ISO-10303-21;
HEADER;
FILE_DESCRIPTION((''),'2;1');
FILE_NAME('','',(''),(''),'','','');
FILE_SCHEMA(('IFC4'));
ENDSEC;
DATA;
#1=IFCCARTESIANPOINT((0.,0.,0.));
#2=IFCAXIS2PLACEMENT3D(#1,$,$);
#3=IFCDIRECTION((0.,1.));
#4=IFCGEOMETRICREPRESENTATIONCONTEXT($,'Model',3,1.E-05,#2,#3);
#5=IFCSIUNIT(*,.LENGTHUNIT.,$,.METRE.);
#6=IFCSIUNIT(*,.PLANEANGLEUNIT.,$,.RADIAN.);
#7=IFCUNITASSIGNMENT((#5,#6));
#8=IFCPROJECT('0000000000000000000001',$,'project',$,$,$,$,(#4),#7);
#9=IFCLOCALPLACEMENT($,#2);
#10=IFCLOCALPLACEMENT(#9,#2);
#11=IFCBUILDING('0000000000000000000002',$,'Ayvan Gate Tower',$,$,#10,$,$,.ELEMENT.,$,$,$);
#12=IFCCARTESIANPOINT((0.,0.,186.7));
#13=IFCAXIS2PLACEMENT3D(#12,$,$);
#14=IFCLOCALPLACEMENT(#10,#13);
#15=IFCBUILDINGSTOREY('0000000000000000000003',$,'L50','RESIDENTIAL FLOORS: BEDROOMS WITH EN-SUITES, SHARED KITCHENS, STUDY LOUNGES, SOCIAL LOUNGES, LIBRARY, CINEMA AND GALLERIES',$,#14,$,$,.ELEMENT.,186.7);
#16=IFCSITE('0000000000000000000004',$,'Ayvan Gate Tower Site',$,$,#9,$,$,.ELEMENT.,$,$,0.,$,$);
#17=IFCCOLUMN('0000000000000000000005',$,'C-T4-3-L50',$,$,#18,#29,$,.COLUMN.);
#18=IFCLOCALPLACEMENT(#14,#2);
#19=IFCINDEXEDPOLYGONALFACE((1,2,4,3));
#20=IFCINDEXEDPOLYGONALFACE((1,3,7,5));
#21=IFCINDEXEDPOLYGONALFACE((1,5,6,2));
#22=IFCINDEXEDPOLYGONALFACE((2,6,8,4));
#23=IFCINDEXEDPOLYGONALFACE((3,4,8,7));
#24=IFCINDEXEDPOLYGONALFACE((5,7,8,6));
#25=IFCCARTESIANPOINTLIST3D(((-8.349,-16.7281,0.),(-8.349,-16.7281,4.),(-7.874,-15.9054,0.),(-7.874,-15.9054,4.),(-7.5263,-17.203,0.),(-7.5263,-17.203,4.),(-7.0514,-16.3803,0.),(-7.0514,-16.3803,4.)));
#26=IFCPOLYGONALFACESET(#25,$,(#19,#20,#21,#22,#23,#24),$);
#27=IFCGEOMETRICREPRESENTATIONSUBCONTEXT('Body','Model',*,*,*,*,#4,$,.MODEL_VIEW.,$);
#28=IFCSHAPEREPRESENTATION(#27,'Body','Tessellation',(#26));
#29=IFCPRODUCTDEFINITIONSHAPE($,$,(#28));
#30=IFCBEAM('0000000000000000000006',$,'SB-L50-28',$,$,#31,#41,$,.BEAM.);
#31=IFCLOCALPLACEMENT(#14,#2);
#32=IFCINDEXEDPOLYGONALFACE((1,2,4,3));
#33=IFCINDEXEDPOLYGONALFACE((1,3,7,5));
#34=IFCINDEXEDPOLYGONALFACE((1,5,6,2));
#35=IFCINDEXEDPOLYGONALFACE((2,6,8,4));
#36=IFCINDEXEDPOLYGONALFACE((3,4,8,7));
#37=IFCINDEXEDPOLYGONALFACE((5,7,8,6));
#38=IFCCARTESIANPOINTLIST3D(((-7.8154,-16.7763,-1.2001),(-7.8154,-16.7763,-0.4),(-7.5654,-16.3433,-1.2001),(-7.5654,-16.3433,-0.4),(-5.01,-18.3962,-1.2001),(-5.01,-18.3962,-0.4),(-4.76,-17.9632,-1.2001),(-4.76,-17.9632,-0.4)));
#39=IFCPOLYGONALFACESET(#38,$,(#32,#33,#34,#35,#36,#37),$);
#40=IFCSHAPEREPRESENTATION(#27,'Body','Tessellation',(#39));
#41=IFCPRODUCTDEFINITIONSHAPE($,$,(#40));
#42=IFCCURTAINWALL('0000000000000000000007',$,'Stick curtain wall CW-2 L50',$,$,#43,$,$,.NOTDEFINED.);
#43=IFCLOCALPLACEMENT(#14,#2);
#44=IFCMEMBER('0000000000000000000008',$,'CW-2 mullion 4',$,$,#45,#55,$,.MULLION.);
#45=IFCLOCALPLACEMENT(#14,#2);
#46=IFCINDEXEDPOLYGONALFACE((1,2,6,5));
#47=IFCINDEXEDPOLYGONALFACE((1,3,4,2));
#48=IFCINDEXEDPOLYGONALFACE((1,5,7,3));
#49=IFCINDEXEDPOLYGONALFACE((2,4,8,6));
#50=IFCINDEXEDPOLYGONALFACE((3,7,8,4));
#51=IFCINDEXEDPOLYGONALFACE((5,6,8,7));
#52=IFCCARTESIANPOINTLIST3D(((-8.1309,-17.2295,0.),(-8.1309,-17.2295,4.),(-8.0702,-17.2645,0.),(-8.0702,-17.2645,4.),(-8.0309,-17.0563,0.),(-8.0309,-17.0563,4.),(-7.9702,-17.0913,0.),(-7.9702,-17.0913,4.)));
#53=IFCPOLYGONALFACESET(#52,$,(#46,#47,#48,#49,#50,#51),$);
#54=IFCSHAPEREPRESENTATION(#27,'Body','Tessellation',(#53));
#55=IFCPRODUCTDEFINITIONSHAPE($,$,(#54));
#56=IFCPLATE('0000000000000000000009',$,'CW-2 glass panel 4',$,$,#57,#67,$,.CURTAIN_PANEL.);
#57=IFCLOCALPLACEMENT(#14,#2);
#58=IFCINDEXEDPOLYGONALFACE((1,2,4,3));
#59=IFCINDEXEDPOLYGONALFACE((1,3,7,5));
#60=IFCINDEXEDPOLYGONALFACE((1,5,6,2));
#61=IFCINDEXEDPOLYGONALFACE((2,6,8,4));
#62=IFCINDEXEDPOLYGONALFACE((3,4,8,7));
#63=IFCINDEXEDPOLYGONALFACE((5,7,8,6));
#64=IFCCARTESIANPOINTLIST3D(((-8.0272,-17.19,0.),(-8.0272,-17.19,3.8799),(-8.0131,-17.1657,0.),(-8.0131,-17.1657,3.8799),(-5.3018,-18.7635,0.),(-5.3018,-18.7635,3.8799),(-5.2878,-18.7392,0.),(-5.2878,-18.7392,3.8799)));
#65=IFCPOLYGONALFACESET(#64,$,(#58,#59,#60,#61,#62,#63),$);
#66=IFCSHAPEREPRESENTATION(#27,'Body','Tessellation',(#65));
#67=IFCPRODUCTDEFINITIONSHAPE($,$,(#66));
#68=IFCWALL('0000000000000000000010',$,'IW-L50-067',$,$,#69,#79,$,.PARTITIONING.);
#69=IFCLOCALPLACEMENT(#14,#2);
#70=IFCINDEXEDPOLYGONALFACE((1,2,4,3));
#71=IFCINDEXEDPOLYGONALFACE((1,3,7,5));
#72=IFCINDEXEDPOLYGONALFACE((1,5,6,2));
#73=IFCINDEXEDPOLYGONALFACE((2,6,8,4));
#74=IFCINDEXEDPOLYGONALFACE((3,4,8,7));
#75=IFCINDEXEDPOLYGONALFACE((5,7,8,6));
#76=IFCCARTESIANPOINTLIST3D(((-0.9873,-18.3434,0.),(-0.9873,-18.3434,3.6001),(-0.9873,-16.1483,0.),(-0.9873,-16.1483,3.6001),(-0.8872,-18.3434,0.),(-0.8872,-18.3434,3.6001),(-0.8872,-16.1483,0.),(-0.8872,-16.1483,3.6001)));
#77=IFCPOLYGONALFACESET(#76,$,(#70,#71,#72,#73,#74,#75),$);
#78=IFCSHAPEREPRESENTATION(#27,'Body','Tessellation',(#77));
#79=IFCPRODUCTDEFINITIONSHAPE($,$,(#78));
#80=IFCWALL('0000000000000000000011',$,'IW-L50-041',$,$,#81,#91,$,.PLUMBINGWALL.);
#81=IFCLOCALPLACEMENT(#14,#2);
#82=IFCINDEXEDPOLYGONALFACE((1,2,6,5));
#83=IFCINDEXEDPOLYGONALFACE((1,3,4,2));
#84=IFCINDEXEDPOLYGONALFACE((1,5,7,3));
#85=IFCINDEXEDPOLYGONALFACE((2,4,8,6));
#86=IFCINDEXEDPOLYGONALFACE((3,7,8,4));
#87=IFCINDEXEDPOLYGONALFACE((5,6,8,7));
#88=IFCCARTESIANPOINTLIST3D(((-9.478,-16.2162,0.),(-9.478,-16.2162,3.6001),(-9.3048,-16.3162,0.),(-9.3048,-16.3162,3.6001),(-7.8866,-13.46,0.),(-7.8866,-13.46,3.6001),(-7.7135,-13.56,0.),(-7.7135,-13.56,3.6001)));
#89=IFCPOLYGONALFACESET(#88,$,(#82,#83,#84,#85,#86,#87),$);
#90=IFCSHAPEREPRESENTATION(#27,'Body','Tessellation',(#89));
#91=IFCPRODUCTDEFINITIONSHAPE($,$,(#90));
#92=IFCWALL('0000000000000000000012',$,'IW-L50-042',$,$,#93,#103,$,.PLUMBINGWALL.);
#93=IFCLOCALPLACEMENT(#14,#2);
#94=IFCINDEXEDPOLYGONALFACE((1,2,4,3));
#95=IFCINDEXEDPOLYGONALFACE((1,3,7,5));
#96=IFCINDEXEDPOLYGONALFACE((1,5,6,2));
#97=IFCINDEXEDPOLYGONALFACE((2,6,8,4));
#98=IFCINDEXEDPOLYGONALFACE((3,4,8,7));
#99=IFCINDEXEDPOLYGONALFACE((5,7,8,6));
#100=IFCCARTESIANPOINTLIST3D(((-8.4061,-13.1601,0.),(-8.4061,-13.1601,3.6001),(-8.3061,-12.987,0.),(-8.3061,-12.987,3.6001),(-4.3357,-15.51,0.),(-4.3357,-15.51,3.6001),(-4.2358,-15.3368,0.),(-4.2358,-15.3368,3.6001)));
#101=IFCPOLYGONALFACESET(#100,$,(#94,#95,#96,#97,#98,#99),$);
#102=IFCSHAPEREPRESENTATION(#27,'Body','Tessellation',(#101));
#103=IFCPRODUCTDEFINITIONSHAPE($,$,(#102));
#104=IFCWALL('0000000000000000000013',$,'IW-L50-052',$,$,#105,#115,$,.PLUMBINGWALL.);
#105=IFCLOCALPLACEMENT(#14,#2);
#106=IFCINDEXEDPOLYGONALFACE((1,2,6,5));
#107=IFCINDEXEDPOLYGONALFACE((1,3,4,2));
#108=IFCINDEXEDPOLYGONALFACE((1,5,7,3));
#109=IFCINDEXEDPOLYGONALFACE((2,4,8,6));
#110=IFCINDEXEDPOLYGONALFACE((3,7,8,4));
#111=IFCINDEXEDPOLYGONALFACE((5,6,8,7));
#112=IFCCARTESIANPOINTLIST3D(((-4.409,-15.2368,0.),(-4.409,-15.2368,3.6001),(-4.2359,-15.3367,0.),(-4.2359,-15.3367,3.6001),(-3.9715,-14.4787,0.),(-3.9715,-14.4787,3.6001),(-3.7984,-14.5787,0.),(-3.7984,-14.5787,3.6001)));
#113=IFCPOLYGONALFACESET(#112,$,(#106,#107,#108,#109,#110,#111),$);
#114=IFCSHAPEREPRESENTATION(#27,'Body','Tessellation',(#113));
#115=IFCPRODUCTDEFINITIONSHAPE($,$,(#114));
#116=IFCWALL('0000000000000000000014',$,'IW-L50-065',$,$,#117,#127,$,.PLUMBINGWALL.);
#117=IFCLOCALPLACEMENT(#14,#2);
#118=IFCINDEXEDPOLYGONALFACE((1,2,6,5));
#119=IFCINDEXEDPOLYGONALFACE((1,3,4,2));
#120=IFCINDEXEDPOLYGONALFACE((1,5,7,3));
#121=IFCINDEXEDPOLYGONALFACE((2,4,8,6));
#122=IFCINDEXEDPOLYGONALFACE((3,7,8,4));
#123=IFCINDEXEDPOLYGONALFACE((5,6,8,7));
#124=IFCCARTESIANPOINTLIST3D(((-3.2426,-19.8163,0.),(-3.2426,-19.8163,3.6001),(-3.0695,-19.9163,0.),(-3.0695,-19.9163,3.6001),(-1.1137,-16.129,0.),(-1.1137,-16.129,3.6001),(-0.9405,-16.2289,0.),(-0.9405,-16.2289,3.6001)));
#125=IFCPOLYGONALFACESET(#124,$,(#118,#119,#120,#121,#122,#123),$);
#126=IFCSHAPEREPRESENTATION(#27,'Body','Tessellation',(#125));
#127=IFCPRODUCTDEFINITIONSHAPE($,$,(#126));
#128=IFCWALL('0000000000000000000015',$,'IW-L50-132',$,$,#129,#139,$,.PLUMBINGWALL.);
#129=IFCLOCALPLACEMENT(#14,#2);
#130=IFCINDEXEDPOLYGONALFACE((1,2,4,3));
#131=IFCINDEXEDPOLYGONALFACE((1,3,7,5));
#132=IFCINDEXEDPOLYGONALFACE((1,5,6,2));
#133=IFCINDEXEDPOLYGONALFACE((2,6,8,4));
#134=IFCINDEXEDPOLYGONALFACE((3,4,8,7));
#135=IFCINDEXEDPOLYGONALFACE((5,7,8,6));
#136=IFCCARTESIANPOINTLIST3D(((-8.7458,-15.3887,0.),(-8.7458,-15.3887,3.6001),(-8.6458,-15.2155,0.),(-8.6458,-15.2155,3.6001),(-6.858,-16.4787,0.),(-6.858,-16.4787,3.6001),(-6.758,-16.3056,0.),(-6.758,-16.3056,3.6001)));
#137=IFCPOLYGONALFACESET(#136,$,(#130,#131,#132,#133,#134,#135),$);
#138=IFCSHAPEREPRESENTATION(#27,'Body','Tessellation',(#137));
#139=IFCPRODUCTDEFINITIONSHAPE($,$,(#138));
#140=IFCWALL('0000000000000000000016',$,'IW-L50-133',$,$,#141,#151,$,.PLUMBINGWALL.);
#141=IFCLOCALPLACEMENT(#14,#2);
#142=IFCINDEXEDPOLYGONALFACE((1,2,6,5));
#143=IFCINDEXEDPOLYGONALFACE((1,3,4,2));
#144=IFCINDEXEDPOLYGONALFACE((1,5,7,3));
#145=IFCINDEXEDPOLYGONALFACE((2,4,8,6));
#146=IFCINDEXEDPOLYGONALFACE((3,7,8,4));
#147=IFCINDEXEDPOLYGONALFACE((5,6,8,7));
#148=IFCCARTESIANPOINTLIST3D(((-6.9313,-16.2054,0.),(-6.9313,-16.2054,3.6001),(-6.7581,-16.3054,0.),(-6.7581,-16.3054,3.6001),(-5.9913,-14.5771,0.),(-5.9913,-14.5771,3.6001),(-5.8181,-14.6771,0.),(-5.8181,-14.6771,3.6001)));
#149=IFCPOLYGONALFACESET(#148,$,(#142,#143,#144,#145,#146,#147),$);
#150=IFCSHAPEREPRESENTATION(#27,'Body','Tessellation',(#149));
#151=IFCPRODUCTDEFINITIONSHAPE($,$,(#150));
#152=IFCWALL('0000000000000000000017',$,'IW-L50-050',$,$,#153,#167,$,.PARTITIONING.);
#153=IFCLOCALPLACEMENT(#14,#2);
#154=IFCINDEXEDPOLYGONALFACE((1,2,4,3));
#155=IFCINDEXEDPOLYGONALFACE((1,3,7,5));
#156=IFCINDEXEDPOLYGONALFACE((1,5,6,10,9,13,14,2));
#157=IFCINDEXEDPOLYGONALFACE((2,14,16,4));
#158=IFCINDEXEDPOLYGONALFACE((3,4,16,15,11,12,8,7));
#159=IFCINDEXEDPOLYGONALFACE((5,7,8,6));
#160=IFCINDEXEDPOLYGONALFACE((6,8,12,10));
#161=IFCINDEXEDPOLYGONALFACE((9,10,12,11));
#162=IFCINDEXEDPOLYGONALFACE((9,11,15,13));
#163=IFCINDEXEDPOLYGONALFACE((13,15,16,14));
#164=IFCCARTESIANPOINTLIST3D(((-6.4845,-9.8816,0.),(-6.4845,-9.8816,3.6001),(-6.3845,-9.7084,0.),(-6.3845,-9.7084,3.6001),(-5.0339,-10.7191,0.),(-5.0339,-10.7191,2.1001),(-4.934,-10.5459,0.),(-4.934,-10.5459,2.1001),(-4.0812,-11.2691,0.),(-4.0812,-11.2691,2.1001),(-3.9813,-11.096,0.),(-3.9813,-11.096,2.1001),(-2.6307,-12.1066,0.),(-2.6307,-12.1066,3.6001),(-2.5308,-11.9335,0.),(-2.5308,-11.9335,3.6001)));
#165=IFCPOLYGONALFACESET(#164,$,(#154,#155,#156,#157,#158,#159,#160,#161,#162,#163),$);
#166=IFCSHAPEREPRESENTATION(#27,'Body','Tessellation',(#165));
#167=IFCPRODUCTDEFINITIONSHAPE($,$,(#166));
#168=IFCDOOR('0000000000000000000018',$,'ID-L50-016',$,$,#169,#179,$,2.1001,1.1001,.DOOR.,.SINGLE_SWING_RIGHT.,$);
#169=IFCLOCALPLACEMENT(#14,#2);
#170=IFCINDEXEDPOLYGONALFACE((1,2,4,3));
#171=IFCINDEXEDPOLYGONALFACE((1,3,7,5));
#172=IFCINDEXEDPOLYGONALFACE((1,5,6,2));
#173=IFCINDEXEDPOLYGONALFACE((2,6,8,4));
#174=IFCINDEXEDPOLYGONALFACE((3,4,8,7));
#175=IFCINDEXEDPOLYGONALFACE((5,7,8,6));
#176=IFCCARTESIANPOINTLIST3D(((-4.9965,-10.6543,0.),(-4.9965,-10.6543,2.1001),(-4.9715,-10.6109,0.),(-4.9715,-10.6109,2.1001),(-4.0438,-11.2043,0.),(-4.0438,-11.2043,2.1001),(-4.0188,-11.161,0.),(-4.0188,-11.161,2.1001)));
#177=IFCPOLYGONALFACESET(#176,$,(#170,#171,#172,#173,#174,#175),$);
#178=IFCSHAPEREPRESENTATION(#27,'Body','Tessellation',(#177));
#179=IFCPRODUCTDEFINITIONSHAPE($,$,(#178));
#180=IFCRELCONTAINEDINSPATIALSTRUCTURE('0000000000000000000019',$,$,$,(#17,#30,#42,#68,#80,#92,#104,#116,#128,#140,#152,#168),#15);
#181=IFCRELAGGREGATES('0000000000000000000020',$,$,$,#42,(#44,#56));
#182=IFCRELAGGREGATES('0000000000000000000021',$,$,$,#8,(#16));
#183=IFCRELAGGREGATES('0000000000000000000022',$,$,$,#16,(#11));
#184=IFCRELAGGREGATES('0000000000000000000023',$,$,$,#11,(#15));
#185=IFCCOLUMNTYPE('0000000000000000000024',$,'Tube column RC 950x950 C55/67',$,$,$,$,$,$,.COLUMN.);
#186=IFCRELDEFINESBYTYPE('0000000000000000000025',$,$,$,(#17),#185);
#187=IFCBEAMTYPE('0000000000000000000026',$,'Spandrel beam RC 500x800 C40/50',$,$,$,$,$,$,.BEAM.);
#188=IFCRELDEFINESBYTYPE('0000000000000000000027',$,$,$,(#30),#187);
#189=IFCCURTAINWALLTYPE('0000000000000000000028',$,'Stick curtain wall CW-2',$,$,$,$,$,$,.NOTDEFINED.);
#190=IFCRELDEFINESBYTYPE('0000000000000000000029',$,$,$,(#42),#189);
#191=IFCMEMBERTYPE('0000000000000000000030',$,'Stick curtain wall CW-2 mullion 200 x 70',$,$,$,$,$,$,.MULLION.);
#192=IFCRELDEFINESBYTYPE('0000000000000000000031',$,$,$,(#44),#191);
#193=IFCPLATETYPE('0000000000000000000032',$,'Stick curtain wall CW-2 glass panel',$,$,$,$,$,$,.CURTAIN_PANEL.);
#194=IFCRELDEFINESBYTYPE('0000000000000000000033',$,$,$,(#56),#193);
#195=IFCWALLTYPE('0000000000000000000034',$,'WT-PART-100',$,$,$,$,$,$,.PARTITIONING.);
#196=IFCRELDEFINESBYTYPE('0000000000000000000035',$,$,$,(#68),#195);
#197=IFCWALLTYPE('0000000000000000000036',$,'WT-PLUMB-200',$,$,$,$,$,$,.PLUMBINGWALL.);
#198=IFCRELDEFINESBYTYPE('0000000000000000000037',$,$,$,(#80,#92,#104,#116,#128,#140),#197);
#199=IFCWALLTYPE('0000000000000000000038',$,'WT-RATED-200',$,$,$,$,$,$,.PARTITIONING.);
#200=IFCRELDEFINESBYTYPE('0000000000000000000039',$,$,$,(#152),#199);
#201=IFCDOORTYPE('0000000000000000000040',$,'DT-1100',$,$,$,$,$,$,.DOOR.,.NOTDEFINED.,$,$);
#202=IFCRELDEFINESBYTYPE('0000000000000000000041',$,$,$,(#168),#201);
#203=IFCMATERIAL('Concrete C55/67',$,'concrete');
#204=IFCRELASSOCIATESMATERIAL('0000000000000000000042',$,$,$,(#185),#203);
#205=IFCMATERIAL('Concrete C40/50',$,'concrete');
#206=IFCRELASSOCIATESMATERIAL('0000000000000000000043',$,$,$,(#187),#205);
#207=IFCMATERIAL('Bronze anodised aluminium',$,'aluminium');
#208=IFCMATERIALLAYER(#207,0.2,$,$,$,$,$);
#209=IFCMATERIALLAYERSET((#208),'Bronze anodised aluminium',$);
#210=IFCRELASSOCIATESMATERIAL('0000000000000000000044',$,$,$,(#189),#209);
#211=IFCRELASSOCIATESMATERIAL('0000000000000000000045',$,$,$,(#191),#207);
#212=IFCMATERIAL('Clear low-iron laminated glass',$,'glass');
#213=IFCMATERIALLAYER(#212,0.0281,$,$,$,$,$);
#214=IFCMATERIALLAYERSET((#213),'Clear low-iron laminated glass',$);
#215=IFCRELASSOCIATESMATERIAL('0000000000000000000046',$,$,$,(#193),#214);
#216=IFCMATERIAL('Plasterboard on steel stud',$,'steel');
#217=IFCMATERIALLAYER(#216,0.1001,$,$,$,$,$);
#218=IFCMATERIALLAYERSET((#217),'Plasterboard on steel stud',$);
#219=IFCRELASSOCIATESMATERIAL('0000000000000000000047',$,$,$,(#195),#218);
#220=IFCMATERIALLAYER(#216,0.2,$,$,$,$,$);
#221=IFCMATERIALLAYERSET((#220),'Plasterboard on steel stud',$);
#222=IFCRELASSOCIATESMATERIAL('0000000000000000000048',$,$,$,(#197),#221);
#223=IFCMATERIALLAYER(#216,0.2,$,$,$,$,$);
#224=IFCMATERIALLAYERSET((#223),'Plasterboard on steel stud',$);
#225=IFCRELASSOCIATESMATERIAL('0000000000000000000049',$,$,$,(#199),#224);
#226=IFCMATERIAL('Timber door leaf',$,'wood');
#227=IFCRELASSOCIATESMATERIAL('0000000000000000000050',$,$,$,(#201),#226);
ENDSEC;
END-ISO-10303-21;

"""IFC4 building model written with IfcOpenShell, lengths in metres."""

from ifc_helpers import new_model, si_unit, direction, frame, frame_2d, origin, origin_2d, place, context, subcontext, project, spatial, rectangle, extrude, material, layer, layer_set, material_profile, profile_set, type_object, element, fill, aggregate, save


model = new_model("IFC4")

# Units and contexts
model_context = context("Model", 3, precision=1e-05, world=origin(), true_north=direction((0.0, 1.0)))
body_context = subcontext(model_context, "Body", "Model", "MODEL_VIEW")
ifc_project = project(units=[si_unit("LENGTHUNIT", "METRE"), si_unit("PLANEANGLEUNIT", "RADIAN")], contexts=[model_context])

# Site, building, storey
site_placement = place(None, origin())
site = spatial("IfcSite", under=ifc_project, at=site_placement, Name="Ayvan Gate Tower Site", CompositionType="ELEMENT", RefElevation=0.0)
building_placement = place(site_placement, origin())
building = spatial("IfcBuilding", under=site, at=building_placement, Name="Ayvan Gate Tower", CompositionType="ELEMENT")
storey_placement = place(building_placement, frame((0.0, 0.0, 186.7)))
storey = spatial("IfcBuildingStorey", under=building, at=storey_placement, Name="L50", Description="RESIDENTIAL FLOORS: BEDROOMS WITH EN-SUITES, SHARED KITCHENS, STUDY LOUNGES, SOCIAL LOUNGES, LIBRARY, CINEMA AND GALLERIES", CompositionType="ELEMENT", Elevation=186.7)

# Column
ifc_material_1 = material(Name="Concrete C55/67", Category="concrete")
ifc_material_profile_1 = material_profile(ifc_material_1, rectangle(XDim=0.95, YDim=0.95, at=origin_2d()), Name="RC 950x950")
ifc_profile_set_1 = profile_set([ifc_material_profile_1], Name="Concrete C55/67")
column_type = type_object("IfcColumnType", Name="Tube column RC 950x950 C55/67", PredefinedType="COLUMN", material=ifc_profile_set_1)
column_placement = place(storey_placement, frame((-7.7002, -16.5542, 0.0), z_axis=(0.0, 0.0, 1.0), x_axis=(-0.5, -0.866025, 0.0)))
element("IfcColumn", 1, at=column_placement, inside=storey, type_object=column_type, Name="C-T4-3-L50", PredefinedType="COLUMN", context=body_context, shape_type="SweptSolid", body=[
    extrude(rectangle(XDim=0.95, YDim=0.95, at=origin_2d()), origin(), (0.0, 0.0, 1.0), 4.0),
])

# Beam
ifc_material_2 = material(Name="Concrete C40/50", Category="concrete")
ifc_material_profile_2 = material_profile(ifc_material_2, rectangle(XDim=0.5, YDim=0.8, at=origin_2d()), Name="RC 500x800")
ifc_profile_set_2 = profile_set([ifc_material_profile_2], Name="Concrete C40/50")
beam_type = type_object("IfcBeamType", Name="Spandrel beam RC 500x800 C40/50", PredefinedType="BEAM", material=ifc_profile_set_2)
beam_placement = place(storey_placement, frame((-7.6904, -16.5598, -0.8), z_axis=(0.866004, -0.500038, 0.0), x_axis=(0.500038, 0.866004, 0.0)))
element("IfcBeam", 2, at=beam_placement, inside=storey, type_object=beam_type, Name="SB-L50-28", PredefinedType="BEAM", context=body_context, shape_type="SweptSolid", body=[
    extrude(rectangle(XDim=0.5, YDim=0.8, at=origin_2d()), origin(), (0.0, 0.0, 1.0), 3.2395),
])

# Curtain wall, member, plate
ifc_material_3 = material(Name="Bronze anodised aluminium", Category="aluminium")
ifc_layer_1 = layer(ifc_material_3, 0.2)
ifc_layer_set_1 = layer_set([ifc_layer_1], Name="Bronze anodised aluminium")
curtain_wall_type = type_object("IfcCurtainWallType", Name="Stick curtain wall CW-2", PredefinedType="NOTDEFINED", material=ifc_layer_set_1)
curtain_wall_placement = place(storey_placement, origin())
curtain_wall = element("IfcCurtainWall", 3, at=curtain_wall_placement, inside=storey, type_object=curtain_wall_type, Name="Stick curtain wall CW-2 L50", PredefinedType="NOTDEFINED")
ifc_material_profile_3 = material_profile(ifc_material_3, rectangle(XDim=0.2, YDim=0.0701, at=origin_2d()), Name="Stick curtain wall CW-2 mullion 200 x 70")
ifc_profile_set_3 = profile_set([ifc_material_profile_3], Name="Bronze anodised aluminium")
member_type = type_object("IfcMemberType", Name="Stick curtain wall CW-2 mullion 200 x 70", PredefinedType="MULLION", material=ifc_profile_set_3)
member_placement = place(storey_placement, frame((-8.0505, -17.1604, 0.0), z_axis=(0.0, 0.0, 1.0), x_axis=(-0.5, -0.866025, 0.0)))
member = element("IfcMember", 4, at=member_placement, type_object=member_type, Name="CW-2 mullion 4", PredefinedType="MULLION", context=body_context, shape_type="SweptSolid", body=[
    extrude(rectangle(XDim=0.2, YDim=0.0701, at=origin_2d()), origin(), (0.0, 0.0, 1.0), 4.0),
])
ifc_material_4 = material(Name="Clear low-iron laminated glass", Category="glass")
ifc_layer_2 = layer(ifc_material_4, 0.0281)
ifc_layer_set_2 = layer_set([ifc_layer_2], Name="Clear low-iron laminated glass")
plate_type = type_object("IfcPlateType", Name="Stick curtain wall CW-2 glass panel", PredefinedType="CURTAIN_PANEL", material=ifc_layer_set_2)
plate_placement = place(storey_placement, frame((-6.6575, -17.9646, 0.0), z_axis=(0.0, 0.0, 1.0), x_axis=(0.866025, -0.5, 0.0)))
plate = element("IfcPlate", 5, at=plate_placement, type_object=plate_type, Name="CW-2 glass panel 4", PredefinedType="CURTAIN_PANEL", context=body_context, shape_type="SweptSolid", body=[
    extrude(rectangle(XDim=3.147, YDim=0.0281, at=origin_2d()), origin(), (0.0, 0.0, 1.0), 3.8799),
])
aggregate(curtain_wall, [member, plate])

# Walls
ifc_material_5 = material(Name="Plasterboard on steel stud", Category="steel")
ifc_layer_3 = layer(ifc_material_5, 0.1001)
ifc_layer_set_3 = layer_set([ifc_layer_3], Name="Plasterboard on steel stud")
wall_type_1 = type_object("IfcWallType", Name="WT-PART-100", PredefinedType="PARTITIONING", material=ifc_layer_set_3)
wall_1_placement = place(storey_placement, frame((-0.9373, -16.1482, 0.0), z_axis=(0.0, 0.0, 1.0), x_axis=(0.0, -1.0, 0.0)))
element("IfcWall", 6, at=wall_1_placement, inside=storey, type_object=wall_type_1, Name="IW-L50-067", PredefinedType="PARTITIONING", context=body_context, shape_type="SweptSolid", body=[
    extrude(rectangle(XDim=2.1951, YDim=0.1001, at=frame_2d((1.0977, 0.0))), origin(), (0.0, 0.0, 1.0), 3.6001),
])
ifc_layer_4 = layer(ifc_material_5, 0.2)
ifc_layer_set_4 = layer_set([ifc_layer_4], Name="Plasterboard on steel stud")
wall_type_2 = type_object("IfcWallType", Name="WT-PLUMB-200", PredefinedType="PLUMBINGWALL", material=ifc_layer_set_4)
wall_2_placement = place(storey_placement, frame((-7.8, -13.51, 0.0), z_axis=(0.0, 0.0, 1.0), x_axis=(-0.500017, -0.866016, 0.0)))
element("IfcWall", 7, at=wall_2_placement, inside=storey, type_object=wall_type_2, Name="IW-L50-041", PredefinedType="PLUMBINGWALL", context=body_context, shape_type="SweptSolid", body=[
    extrude(rectangle(XDim=3.1826, YDim=0.2, at=frame_2d((1.5913, 0.0))), origin(), (0.0, 0.0, 1.0), 3.6001),
])
wall_3_placement = place(storey_placement, frame((-8.3562, -13.0735, 0.0), z_axis=(0.0, 0.0, 1.0), x_axis=(0.866039, -0.499977, 0.0)))
element("IfcWall", 8, at=wall_3_placement, inside=storey, type_object=wall_type_2, Name="IW-L50-042", PredefinedType="PLUMBINGWALL", context=body_context, shape_type="SweptSolid", body=[
    extrude(rectangle(XDim=4.7, YDim=0.2, at=frame_2d((2.3501, 0.0))), origin(), (0.0, 0.0, 1.0), 3.6001),
])
wall_4_placement = place(storey_placement, frame((-3.885, -14.5288, 0.0), z_axis=(0.0, 0.0, 1.0), x_axis=(-0.499859, -0.866107, 0.0)))
element("IfcWall", 9, at=wall_4_placement, inside=storey, type_object=wall_type_2, Name="IW-L50-052", PredefinedType="PLUMBINGWALL", context=body_context, shape_type="SweptSolid", body=[
    extrude(rectangle(XDim=0.8752, YDim=0.2, at=frame_2d((0.4375, 0.0))), origin(), (0.0, 0.0, 1.0), 3.6001),
])
wall_5_placement = place(storey_placement, frame((-1.0271, -16.179, 0.0), z_axis=(0.0, 0.0, 1.0), x_axis=(-0.500012, -0.866018, 0.0)))
element("IfcWall", 10, at=wall_5_placement, inside=storey, type_object=wall_type_2, Name="IW-L50-065", PredefinedType="PLUMBINGWALL", context=body_context, shape_type="SweptSolid", body=[
    extrude(rectangle(XDim=4.2578, YDim=0.2, at=frame_2d((2.1289, 0.0))), origin(), (0.0, 0.0, 1.0), 3.6001),
])
wall_6_placement = place(storey_placement, frame((-6.8081, -16.3921, 0.0), z_axis=(0.0, 0.0, 1.0), x_axis=(-0.866008, 0.500029, 0.0)))
element("IfcWall", 11, at=wall_6_placement, inside=storey, type_object=wall_type_2, Name="IW-L50-132", PredefinedType="PLUMBINGWALL", context=body_context, shape_type="SweptSolid", body=[
    extrude(rectangle(XDim=2.1799, YDim=0.2, at=frame_2d((1.0898, 0.0))), origin(), (0.0, 0.0, 1.0), 3.6001),
])
wall_7_placement = place(storey_placement, frame((-5.9048, -14.6272, 0.0), z_axis=(0.0, 0.0, 1.0), x_axis=(-0.499966, -0.866045, 0.0)))
element("IfcWall", 12, at=wall_7_placement, inside=storey, type_object=wall_type_2, Name="IW-L50-133", PredefinedType="PLUMBINGWALL", context=body_context, shape_type="SweptSolid", body=[
    extrude(rectangle(XDim=1.8801, YDim=0.2, at=frame_2d((0.9399, 0.0))), origin(), (0.0, 0.0, 1.0), 3.6001),
])

# Wall, opening, door
ifc_layer_5 = layer(ifc_material_5, 0.2)
ifc_layer_set_5 = layer_set([ifc_layer_5], Name="Plasterboard on steel stud")
wall_type_3 = type_object("IfcWallType", Name="WT-RATED-200", PredefinedType="PARTITIONING", material=ifc_layer_set_5)
wall_8_placement = place(storey_placement, frame((-6.4346, -9.7949, 0.0), z_axis=(0.0, 0.0, 1.0), x_axis=(0.866013, -0.500022, 0.0)))
wall_8 = element("IfcWall", 13, at=wall_8_placement, inside=storey, type_object=wall_type_3, Name="IW-L50-050", PredefinedType="PARTITIONING", context=body_context, shape_type="SweptSolid", body=[
    extrude(rectangle(XDim=4.45, YDim=0.2, at=frame_2d((2.2251, 0.0))), origin(), (0.0, 0.0, 1.0), 3.6001),
])
opening_1_placement = place(wall_8_placement, frame((1.675, 0.0, 0.0)))
opening_1 = element("IfcOpeningElement", 14, at=opening_1_placement, cuts=wall_8, PredefinedType="OPENING", context=body_context, shape_type="SweptSolid", body=[
    extrude(rectangle(XDim=1.1001, YDim=2.1001, at=frame_2d((0.55, 1.05))), frame((0.0, 0.1099, 0.0), z_axis=(0.0, -1.0, 0.0), x_axis=(1.0, 0.0, 0.0)), (0.0, 0.0, 1.0), 0.22),
])
ifc_material_6 = material(Name="Timber door leaf", Category="wood")
door_type_1 = type_object("IfcDoorType", Name="DT-1100", OperationType="NOTDEFINED", PredefinedType="DOOR", material=ifc_material_6)
door_1_placement = place(opening_1_placement, origin())
door_1 = element("IfcDoor", 15, at=door_1_placement, inside=storey, type_object=door_type_1, Name="ID-L50-016", OperationType="SINGLE_SWING_RIGHT", OverallHeight=2.1001, OverallWidth=1.1001, PredefinedType="DOOR", context=body_context, shape_type="SweptSolid", body=[
    extrude(rectangle(XDim=1.1001, YDim=2.1001, at=frame_2d((0.55, 1.05))), frame((0.0, 0.0249, 0.0), z_axis=(0.0, -1.0, 0.0), x_axis=(1.0, 0.0, 0.0)), (0.0, 0.0, 1.0), 0.05),
])
fill(opening_1, door_1)

save(model, "model.ifc")
